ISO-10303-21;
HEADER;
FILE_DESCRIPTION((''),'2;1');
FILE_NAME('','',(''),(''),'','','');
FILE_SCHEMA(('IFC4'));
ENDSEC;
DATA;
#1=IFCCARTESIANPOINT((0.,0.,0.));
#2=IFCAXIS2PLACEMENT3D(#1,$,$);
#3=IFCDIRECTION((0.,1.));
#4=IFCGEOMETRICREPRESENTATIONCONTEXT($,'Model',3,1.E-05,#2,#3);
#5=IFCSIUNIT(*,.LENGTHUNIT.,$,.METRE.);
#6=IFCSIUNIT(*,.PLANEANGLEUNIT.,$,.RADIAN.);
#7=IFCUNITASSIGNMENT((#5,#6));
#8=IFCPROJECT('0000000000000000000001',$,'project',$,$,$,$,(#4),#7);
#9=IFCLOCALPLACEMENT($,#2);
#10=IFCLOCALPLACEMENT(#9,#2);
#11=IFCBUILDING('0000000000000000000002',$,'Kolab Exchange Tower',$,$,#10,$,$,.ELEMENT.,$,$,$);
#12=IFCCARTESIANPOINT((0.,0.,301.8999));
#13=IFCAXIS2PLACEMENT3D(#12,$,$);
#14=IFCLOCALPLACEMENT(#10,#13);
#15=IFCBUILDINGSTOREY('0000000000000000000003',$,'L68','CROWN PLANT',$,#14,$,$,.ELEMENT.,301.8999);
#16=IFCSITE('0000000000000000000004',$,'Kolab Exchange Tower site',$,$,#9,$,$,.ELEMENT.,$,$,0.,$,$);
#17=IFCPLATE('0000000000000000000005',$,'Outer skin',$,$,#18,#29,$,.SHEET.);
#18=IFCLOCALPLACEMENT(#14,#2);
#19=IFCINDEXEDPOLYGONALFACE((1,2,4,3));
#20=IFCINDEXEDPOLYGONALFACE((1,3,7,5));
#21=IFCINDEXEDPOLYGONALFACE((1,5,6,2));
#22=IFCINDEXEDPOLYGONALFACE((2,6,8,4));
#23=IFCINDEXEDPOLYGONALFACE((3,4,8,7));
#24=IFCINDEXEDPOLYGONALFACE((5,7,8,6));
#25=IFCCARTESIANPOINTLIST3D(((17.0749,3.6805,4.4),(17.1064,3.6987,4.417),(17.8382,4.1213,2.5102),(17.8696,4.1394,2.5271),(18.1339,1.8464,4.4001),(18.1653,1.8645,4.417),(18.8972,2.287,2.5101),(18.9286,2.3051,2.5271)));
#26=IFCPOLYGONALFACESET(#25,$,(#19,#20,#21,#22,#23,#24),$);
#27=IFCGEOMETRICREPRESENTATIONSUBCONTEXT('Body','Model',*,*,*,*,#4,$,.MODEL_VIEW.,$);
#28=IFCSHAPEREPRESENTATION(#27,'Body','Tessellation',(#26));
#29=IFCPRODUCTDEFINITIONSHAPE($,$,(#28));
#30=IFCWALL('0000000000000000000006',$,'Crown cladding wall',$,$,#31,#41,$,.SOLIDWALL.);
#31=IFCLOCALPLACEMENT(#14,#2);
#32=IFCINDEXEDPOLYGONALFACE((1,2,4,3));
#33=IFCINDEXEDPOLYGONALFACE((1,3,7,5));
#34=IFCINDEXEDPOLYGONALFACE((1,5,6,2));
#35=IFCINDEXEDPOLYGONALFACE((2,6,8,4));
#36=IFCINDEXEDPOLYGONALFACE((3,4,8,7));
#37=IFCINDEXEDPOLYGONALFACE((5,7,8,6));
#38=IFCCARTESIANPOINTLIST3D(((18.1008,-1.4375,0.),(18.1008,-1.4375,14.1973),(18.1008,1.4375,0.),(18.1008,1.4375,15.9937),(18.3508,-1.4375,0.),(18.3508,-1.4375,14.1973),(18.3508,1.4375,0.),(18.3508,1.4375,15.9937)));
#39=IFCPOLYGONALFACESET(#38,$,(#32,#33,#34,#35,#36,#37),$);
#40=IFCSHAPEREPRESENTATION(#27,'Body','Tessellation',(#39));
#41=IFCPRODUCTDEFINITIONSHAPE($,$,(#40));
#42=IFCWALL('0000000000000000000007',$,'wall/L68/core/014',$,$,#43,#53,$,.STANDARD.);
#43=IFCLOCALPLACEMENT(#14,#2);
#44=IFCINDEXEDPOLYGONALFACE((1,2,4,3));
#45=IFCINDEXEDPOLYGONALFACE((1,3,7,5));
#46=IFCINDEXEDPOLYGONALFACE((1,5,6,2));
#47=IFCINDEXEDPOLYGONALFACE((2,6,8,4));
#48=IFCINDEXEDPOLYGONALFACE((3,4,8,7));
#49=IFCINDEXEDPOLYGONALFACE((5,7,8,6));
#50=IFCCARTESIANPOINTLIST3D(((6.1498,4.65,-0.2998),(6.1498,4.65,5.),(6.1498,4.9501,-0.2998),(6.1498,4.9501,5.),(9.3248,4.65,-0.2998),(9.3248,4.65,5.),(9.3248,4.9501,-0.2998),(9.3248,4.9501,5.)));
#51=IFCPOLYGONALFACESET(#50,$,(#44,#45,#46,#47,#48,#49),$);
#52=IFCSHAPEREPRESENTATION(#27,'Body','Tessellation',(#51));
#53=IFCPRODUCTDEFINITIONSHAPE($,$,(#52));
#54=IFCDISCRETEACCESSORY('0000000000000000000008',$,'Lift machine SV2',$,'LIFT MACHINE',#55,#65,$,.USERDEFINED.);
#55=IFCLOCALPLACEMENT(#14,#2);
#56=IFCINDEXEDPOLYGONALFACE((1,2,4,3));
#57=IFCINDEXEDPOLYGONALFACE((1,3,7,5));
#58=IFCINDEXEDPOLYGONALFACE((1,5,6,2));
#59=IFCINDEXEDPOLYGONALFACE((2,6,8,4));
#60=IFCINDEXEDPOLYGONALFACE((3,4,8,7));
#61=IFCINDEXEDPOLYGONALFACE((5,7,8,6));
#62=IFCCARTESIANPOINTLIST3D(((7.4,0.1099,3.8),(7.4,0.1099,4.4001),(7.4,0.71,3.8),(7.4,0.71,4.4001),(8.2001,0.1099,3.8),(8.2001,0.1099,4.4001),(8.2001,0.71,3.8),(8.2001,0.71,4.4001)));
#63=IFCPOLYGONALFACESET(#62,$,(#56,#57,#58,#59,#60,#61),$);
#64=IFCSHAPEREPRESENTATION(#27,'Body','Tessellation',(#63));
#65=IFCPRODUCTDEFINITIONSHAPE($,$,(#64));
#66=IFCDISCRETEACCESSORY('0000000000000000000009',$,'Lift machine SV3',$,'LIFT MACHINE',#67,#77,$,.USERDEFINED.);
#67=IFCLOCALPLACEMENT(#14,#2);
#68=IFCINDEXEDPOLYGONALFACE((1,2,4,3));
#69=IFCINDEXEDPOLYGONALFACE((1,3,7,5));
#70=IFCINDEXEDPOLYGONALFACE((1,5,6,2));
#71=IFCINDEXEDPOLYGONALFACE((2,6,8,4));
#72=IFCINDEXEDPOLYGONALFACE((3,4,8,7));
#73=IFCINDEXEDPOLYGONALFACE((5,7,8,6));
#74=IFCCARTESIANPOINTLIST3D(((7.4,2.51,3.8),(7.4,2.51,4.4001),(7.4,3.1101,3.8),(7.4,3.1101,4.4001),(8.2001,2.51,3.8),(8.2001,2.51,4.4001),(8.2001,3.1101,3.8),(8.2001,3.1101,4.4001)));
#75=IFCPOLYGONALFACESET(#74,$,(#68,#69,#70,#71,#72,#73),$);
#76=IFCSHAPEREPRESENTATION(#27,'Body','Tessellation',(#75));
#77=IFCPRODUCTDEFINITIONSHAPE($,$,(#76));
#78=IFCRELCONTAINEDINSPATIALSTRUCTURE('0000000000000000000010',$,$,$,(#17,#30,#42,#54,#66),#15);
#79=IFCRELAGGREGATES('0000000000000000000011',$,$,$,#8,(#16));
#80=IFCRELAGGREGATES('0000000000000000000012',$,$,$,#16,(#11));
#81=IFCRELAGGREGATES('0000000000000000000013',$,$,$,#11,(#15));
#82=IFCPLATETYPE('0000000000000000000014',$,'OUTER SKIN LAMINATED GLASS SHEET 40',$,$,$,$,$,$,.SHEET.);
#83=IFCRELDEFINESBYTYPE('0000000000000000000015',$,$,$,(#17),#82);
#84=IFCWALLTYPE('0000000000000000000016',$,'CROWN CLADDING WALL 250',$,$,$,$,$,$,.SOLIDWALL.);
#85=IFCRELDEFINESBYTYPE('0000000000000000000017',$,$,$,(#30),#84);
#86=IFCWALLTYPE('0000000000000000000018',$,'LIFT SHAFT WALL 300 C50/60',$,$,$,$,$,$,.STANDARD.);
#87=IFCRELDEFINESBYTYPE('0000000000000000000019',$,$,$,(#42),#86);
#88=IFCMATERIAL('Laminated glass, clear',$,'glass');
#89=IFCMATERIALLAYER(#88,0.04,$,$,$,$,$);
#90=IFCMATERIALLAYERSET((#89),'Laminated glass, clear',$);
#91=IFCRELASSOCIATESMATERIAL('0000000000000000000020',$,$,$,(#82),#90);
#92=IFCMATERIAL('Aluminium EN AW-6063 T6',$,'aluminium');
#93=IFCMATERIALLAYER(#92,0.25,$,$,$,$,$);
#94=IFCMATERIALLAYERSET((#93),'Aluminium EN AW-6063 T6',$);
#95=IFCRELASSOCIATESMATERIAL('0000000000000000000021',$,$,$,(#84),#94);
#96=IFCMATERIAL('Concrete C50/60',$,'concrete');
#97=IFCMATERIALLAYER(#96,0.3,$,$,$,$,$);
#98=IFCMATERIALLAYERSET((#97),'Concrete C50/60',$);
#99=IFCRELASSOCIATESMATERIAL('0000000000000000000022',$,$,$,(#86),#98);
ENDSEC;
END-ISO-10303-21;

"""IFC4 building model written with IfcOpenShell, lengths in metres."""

from ifc_helpers import new_model, si_unit, direction, frame, frame_2d, origin, origin_2d, place, context, subcontext, project, spatial, polyline, rectangle, outline, extrude, material, layer, layer_set, type_object, element, save


model = new_model("IFC4")

# Units and contexts
model_context = context("Model", 3, precision=1e-05, world=origin(), true_north=direction((0.0, 1.0)))
body_context = subcontext(model_context, "Body", "Model", "MODEL_VIEW")
ifc_project = project(units=[si_unit("LENGTHUNIT", "METRE"), si_unit("PLANEANGLEUNIT", "RADIAN")], contexts=[model_context])

# Site, building, storey
site_placement = place(None, origin())
site = spatial("IfcSite", under=ifc_project, at=site_placement, Name="Kolab Exchange Tower site", CompositionType="ELEMENT", RefElevation=0.0)
building_placement = place(site_placement, origin())
building = spatial("IfcBuilding", under=site, at=building_placement, Name="Kolab Exchange Tower", CompositionType="ELEMENT")
storey_placement = place(building_placement, frame((0.0, 0.0, 301.8999)))
storey = spatial("IfcBuildingStorey", under=building, at=storey_placement, Name="L68", Description="CROWN PLANT", CompositionType="ELEMENT", Elevation=301.8999)

# Shared definitions
ifc_material_1 = material(Name="Concrete C50/60", Category="concrete")

# Plate
ifc_material_2 = material(Name="Laminated glass, clear", Category="glass")
ifc_layer_1 = layer(ifc_material_2, 0.04)
ifc_layer_set_1 = layer_set([ifc_layer_1], Name="Laminated glass, clear")
plate_type = type_object("IfcPlateType", Name="OUTER SKIN LAMINATED GLASS SHEET 40", PredefinedType="SHEET", material=ifc_layer_set_1)
plate_placement = place(storey_placement, frame((17.8696, 4.1394, 2.5271), z_axis=(0.784874, 0.453134, 0.422661), x_axis=(0.499996, -0.866028, -0.000019)))
element("IfcPlate", 1, at=plate_placement, inside=storey, type_object=plate_type, Name="Outer skin", PredefinedType="SHEET", context=body_context, shape_type="SweptSolid", body=[
    extrude(outline(polyline([(0.0, 0.0), (2.118, 0.0), (2.1179, -2.0854), (0.0, -2.0853), (0.0, 0.0)])), origin(), (0.0, 0.0, -1.0), 0.04),
])

# Walls
ifc_material_3 = material(Name="Aluminium EN AW-6063 T6", Category="aluminium")
ifc_layer_2 = layer(ifc_material_3, 0.25)
ifc_layer_set_2 = layer_set([ifc_layer_2], Name="Aluminium EN AW-6063 T6")
wall_type_1 = type_object("IfcWallType", Name="CROWN CLADDING WALL 250", PredefinedType="SOLIDWALL", material=ifc_layer_set_2)
wall_1_placement = place(storey_placement, frame((18.2258, 1.4375, 0.0), z_axis=(0.0, 0.0, 1.0), x_axis=(0.0, -1.0, 0.0)))
element("IfcWall", 2, at=wall_1_placement, inside=storey, type_object=wall_type_1, Name="Crown cladding wall", PredefinedType="SOLIDWALL", context=body_context, shape_type="SweptSolid", body=[
    extrude(outline(polyline([(0.0, 0.0), (2.875, 0.0), (2.875, 14.1973), (0.0, 15.9937), (0.0, 0.0)])), frame((0.0, 0.125, 0.0), z_axis=(0.0, -1.0, 0.0), x_axis=(1.0, 0.0, 0.0)), (0.0, 0.0, 1.0), 0.25),
])
ifc_layer_3 = layer(ifc_material_1, 0.3)
ifc_layer_set_3 = layer_set([ifc_layer_3], Name="Concrete C50/60")
wall_type_2 = type_object("IfcWallType", Name="LIFT SHAFT WALL 300 C50/60", PredefinedType="STANDARD", material=ifc_layer_set_3)
wall_2_placement = place(storey_placement, frame((6.1499, 4.8, -0.2998), z_axis=(0.0, 0.0, 1.0), x_axis=(1.0, 0.0, 0.0)))
element("IfcWall", 3, at=wall_2_placement, inside=storey, type_object=wall_type_2, Name="wall/L68/core/014", PredefinedType="STANDARD", context=body_context, shape_type="SweptSolid", body=[
    extrude(rectangle(XDim=3.175, YDim=0.3, at=frame_2d((1.5874, 0.0))), origin(), (0.0, 0.0, 1.0), 5.2998),
])

# Discrete accessories
for number, where, z_axis, x_axis, name in (
    (4, (7.8, 0.4099, 3.8), (0.0, 0.0, 1.0), (1.0, 0.0, 0.0), "Lift machine SV2"),
    (5, (7.8, 2.8101, 3.8), (0.0, 0.0, 1.0), (1.0, 0.0, 0.0), "Lift machine SV3"),
):
    element("IfcDiscreteAccessory", number, at=place(storey_placement, frame(where, z_axis=z_axis, x_axis=x_axis)), inside=storey, Name=name, ObjectType="LIFT MACHINE", PredefinedType="USERDEFINED", context=body_context, shape_type="SweptSolid", body=[
        extrude(rectangle(XDim=0.8, YDim=0.6001, at=origin_2d()), origin(), (0.0, 0.0, 1.0), 0.6001),
    ])

save(model, "model.ifc")
